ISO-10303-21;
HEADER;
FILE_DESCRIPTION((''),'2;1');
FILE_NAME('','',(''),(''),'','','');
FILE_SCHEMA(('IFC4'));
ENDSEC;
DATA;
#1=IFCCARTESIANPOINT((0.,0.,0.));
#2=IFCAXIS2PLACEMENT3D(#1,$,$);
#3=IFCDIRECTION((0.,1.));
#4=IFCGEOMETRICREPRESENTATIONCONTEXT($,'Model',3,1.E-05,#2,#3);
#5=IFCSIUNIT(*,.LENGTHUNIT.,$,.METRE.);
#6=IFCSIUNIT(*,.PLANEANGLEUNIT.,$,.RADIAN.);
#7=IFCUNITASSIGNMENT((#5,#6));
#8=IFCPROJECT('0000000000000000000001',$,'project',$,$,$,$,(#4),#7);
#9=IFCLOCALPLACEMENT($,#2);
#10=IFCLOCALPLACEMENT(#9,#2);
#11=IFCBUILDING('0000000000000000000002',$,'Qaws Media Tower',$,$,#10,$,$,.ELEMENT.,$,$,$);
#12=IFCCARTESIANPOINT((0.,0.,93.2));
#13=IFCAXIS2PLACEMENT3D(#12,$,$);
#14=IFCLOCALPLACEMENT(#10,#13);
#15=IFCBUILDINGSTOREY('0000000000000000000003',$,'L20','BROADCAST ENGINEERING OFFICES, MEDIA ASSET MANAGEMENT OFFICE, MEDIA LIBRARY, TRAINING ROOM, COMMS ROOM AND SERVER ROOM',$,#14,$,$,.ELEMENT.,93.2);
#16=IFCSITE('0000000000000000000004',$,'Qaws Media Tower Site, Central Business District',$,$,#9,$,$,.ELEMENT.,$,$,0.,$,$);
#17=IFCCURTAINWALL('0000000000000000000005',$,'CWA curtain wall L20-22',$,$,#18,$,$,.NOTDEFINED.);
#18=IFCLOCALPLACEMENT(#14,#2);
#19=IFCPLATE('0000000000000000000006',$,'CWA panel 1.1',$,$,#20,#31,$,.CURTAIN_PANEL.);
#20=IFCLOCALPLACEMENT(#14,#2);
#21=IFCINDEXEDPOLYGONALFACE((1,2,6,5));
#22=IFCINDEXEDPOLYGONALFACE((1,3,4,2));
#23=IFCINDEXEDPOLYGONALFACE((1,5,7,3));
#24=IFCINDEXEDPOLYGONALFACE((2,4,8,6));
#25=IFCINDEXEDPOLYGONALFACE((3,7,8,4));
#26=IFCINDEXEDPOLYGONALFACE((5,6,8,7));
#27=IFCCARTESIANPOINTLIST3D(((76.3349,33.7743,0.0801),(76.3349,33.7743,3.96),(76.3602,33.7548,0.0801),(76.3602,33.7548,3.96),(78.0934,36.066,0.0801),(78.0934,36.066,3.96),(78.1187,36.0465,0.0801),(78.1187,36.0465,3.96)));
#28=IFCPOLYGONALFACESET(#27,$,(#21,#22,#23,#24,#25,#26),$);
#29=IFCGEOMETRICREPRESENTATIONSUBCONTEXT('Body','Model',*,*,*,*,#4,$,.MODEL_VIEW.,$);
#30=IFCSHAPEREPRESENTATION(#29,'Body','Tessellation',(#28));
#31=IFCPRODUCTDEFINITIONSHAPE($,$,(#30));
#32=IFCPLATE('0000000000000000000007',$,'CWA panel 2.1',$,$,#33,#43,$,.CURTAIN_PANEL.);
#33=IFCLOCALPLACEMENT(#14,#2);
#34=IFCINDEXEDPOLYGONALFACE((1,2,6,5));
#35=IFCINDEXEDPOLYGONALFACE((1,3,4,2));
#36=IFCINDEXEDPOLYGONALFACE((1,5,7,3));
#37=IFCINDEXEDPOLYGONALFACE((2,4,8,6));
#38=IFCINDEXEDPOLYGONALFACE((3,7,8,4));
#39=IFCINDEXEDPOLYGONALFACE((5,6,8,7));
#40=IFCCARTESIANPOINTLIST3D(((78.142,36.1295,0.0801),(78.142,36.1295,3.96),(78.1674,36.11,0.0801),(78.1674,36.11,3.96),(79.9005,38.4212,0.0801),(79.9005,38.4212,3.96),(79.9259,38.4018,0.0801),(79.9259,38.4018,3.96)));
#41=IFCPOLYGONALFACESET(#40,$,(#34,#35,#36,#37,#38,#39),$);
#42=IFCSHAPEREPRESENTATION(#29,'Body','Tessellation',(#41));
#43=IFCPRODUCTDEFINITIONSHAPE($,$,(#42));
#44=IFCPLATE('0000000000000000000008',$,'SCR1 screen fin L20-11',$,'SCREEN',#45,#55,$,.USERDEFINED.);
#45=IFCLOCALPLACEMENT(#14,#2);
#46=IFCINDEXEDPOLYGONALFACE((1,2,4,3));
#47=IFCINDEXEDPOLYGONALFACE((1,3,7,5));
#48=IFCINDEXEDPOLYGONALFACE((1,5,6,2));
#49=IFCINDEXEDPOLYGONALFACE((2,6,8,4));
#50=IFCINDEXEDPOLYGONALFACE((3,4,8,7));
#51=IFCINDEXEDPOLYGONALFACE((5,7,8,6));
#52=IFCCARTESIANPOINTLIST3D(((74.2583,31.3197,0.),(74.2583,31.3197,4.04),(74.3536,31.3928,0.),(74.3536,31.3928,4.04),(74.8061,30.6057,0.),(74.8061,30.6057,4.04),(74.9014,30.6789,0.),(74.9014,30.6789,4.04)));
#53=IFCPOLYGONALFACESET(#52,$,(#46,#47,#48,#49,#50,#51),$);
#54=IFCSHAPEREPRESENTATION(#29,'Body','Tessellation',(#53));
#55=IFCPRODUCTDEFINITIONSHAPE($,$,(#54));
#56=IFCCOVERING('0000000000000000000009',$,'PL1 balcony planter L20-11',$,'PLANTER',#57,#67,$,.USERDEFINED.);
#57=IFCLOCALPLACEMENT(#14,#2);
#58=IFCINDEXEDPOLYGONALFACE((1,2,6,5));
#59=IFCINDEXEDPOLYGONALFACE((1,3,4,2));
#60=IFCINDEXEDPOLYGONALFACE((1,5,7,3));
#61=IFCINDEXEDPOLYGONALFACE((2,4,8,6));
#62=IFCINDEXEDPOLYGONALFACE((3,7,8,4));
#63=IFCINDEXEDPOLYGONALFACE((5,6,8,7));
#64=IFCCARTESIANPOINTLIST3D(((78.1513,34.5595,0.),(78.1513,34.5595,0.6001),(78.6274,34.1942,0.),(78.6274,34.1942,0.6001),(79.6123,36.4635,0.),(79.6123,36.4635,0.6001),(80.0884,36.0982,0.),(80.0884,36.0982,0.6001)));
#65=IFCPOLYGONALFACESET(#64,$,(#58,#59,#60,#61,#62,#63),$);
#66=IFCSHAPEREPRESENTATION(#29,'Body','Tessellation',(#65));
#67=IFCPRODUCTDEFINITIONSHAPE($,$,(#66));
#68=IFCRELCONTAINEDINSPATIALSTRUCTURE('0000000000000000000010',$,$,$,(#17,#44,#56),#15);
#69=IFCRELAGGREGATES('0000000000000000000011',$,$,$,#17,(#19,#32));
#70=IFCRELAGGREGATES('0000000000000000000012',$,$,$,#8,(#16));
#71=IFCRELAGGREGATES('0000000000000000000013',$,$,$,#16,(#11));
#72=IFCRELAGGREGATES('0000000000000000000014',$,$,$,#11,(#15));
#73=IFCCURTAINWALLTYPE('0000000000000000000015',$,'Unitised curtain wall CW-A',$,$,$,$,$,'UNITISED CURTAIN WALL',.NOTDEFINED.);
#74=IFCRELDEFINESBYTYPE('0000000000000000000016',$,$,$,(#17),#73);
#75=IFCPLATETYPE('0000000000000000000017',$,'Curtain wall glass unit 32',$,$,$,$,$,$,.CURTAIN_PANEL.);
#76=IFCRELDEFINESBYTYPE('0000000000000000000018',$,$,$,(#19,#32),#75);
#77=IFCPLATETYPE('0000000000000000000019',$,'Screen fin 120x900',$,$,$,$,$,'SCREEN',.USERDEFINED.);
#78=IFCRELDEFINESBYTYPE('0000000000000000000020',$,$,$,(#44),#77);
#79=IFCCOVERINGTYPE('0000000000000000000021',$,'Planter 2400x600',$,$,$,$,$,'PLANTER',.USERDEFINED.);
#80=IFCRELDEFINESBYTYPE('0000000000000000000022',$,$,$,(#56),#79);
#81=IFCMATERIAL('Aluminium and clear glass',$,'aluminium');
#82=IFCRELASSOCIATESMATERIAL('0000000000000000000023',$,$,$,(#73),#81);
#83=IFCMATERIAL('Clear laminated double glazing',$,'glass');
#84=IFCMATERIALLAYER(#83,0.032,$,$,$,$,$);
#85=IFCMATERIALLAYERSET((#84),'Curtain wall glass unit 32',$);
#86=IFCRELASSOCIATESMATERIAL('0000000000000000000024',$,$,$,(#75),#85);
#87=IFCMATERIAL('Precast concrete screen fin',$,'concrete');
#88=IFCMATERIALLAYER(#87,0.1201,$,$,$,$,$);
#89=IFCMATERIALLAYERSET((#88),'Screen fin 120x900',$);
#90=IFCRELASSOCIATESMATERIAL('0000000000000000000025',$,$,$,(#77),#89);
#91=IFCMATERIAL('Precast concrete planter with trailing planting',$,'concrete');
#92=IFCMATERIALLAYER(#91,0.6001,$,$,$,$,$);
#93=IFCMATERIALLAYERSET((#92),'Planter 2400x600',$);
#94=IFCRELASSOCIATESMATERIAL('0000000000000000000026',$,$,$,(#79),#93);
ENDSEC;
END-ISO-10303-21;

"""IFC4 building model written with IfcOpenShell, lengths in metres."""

from ifc_helpers import new_model, si_unit, direction, frame, origin, origin_2d, place, context, subcontext, project, spatial, rectangle, extrude, material, layer, layer_set, type_object, element, aggregate, save


model = new_model("IFC4")

# Units and contexts
model_context = context("Model", 3, precision=1e-05, world=origin(), true_north=direction((0.0, 1.0)))
body_context = subcontext(model_context, "Body", "Model", "MODEL_VIEW")
ifc_project = project(units=[si_unit("LENGTHUNIT", "METRE"), si_unit("PLANEANGLEUNIT", "RADIAN")], contexts=[model_context])

# Site, building, storey
site_placement = place(None, origin())
site = spatial("IfcSite", under=ifc_project, at=site_placement, Name="Qaws Media Tower Site, Central Business District", CompositionType="ELEMENT", RefElevation=0.0)
building_placement = place(site_placement, origin())
building = spatial("IfcBuilding", under=site, at=building_placement, Name="Qaws Media Tower", CompositionType="ELEMENT")
storey_placement = place(building_placement, frame((0.0, 0.0, 93.2)))
storey = spatial("IfcBuildingStorey", under=building, at=storey_placement, Name="L20", Description="BROADCAST ENGINEERING OFFICES, MEDIA ASSET MANAGEMENT OFFICE, MEDIA LIBRARY, TRAINING ROOM, COMMS ROOM AND SERVER ROOM", CompositionType="ELEMENT", Elevation=93.2)

# Shared definitions
ifc_material_1 = material(Name="Aluminium and clear glass", Category="aluminium")
curtain_wall_type = type_object("IfcCurtainWallType", Name="Unitised curtain wall CW-A", ElementType="UNITISED CURTAIN WALL", PredefinedType="NOTDEFINED", material=ifc_material_1)

# Curtain wall
curtain_wall_1_placement = place(storey_placement, origin())
curtain_wall_1 = element("IfcCurtainWall", 1, at=curtain_wall_1_placement, inside=storey, type_object=curtain_wall_type, Name="CWA curtain wall L20-22", PredefinedType="NOTDEFINED")

# Plates
ifc_material_2 = material(Name="Clear laminated double glazing", Category="glass")
ifc_layer_1 = layer(ifc_material_2, 0.032)
ifc_layer_set_1 = layer_set([ifc_layer_1], Name="Curtain wall glass unit 32")
plate_type_1 = type_object("IfcPlateType", Name="Curtain wall glass unit 32", PredefinedType="CURTAIN_PANEL", material=ifc_layer_set_1)
plate_1_placement = place(storey_placement, frame((77.2268, 34.9104, 0.0801), z_axis=(0.0, 0.0, 1.0), x_axis=(0.608762, 0.793353, 0.0)))
plate_1 = element("IfcPlate", 2, at=plate_1_placement, type_object=plate_type_1, Name="CWA panel 1.1", PredefinedType="CURTAIN_PANEL", context=body_context, shape_type="SweptSolid", body=[
    extrude(rectangle(XDim=2.8887, YDim=0.032, at=origin_2d()), origin(), (0.0, 0.0, 1.0), 3.8799),
])
plate_2_placement = place(storey_placement, frame((79.0339, 37.2656, 0.0801), z_axis=(0.0, 0.0, 1.0), x_axis=(0.608762, 0.793353, 0.0)))
plate_2 = element("IfcPlate", 3, at=plate_2_placement, type_object=plate_type_1, Name="CWA panel 2.1", PredefinedType="CURTAIN_PANEL", context=body_context, shape_type="SweptSolid", body=[
    extrude(rectangle(XDim=2.8887, YDim=0.032, at=origin_2d()), origin(), (0.0, 0.0, 1.0), 3.8799),
])
aggregate(curtain_wall_1, [plate_1, plate_2])
ifc_material_3 = material(Name="Precast concrete screen fin", Category="concrete")
ifc_layer_2 = layer(ifc_material_3, 0.1201)
ifc_layer_set_2 = layer_set([ifc_layer_2], Name="Screen fin 120x900")
plate_type_2 = type_object("IfcPlateType", Name="Screen fin 120x900", ElementType="SCREEN", PredefinedType="USERDEFINED", material=ifc_layer_set_2)
plate_3_placement = place(storey_placement, frame((74.5798, 30.9993, 0.0), z_axis=(0.0, 0.0, 1.0), x_axis=(0.608761, -0.793353, 0.0)))
element("IfcPlate", 4, at=plate_3_placement, inside=storey, type_object=plate_type_2, Name="SCR1 screen fin L20-11", ObjectType="SCREEN", PredefinedType="USERDEFINED", context=body_context, shape_type="SweptSolid", body=[
    extrude(rectangle(XDim=0.8999, YDim=0.1201, at=origin_2d()), origin(), (0.0, 0.0, 1.0), 4.04),
])

# Covering
ifc_material_4 = material(Name="Precast concrete planter with trailing planting", Category="concrete")
ifc_layer_3 = layer(ifc_material_4, 0.6001)
ifc_layer_set_3 = layer_set([ifc_layer_3], Name="Planter 2400x600")
covering_type = type_object("IfcCoveringType", Name="Planter 2400x600", ElementType="PLANTER", PredefinedType="USERDEFINED", material=ifc_layer_set_3)
covering_placement = place(storey_placement, frame((79.1199, 35.3289, 0.0), z_axis=(0.0, 0.0, 1.0), x_axis=(0.608761, 0.793353, 0.0)))
element("IfcCovering", 5, at=covering_placement, inside=storey, type_object=covering_type, Name="PL1 balcony planter L20-11", ObjectType="PLANTER", PredefinedType="USERDEFINED", context=body_context, shape_type="SweptSolid", body=[
    extrude(rectangle(XDim=2.3999, YDim=0.6001, at=origin_2d()), origin(), (0.0, 0.0, 1.0), 0.6001),
])

save(model, "model.ifc")
